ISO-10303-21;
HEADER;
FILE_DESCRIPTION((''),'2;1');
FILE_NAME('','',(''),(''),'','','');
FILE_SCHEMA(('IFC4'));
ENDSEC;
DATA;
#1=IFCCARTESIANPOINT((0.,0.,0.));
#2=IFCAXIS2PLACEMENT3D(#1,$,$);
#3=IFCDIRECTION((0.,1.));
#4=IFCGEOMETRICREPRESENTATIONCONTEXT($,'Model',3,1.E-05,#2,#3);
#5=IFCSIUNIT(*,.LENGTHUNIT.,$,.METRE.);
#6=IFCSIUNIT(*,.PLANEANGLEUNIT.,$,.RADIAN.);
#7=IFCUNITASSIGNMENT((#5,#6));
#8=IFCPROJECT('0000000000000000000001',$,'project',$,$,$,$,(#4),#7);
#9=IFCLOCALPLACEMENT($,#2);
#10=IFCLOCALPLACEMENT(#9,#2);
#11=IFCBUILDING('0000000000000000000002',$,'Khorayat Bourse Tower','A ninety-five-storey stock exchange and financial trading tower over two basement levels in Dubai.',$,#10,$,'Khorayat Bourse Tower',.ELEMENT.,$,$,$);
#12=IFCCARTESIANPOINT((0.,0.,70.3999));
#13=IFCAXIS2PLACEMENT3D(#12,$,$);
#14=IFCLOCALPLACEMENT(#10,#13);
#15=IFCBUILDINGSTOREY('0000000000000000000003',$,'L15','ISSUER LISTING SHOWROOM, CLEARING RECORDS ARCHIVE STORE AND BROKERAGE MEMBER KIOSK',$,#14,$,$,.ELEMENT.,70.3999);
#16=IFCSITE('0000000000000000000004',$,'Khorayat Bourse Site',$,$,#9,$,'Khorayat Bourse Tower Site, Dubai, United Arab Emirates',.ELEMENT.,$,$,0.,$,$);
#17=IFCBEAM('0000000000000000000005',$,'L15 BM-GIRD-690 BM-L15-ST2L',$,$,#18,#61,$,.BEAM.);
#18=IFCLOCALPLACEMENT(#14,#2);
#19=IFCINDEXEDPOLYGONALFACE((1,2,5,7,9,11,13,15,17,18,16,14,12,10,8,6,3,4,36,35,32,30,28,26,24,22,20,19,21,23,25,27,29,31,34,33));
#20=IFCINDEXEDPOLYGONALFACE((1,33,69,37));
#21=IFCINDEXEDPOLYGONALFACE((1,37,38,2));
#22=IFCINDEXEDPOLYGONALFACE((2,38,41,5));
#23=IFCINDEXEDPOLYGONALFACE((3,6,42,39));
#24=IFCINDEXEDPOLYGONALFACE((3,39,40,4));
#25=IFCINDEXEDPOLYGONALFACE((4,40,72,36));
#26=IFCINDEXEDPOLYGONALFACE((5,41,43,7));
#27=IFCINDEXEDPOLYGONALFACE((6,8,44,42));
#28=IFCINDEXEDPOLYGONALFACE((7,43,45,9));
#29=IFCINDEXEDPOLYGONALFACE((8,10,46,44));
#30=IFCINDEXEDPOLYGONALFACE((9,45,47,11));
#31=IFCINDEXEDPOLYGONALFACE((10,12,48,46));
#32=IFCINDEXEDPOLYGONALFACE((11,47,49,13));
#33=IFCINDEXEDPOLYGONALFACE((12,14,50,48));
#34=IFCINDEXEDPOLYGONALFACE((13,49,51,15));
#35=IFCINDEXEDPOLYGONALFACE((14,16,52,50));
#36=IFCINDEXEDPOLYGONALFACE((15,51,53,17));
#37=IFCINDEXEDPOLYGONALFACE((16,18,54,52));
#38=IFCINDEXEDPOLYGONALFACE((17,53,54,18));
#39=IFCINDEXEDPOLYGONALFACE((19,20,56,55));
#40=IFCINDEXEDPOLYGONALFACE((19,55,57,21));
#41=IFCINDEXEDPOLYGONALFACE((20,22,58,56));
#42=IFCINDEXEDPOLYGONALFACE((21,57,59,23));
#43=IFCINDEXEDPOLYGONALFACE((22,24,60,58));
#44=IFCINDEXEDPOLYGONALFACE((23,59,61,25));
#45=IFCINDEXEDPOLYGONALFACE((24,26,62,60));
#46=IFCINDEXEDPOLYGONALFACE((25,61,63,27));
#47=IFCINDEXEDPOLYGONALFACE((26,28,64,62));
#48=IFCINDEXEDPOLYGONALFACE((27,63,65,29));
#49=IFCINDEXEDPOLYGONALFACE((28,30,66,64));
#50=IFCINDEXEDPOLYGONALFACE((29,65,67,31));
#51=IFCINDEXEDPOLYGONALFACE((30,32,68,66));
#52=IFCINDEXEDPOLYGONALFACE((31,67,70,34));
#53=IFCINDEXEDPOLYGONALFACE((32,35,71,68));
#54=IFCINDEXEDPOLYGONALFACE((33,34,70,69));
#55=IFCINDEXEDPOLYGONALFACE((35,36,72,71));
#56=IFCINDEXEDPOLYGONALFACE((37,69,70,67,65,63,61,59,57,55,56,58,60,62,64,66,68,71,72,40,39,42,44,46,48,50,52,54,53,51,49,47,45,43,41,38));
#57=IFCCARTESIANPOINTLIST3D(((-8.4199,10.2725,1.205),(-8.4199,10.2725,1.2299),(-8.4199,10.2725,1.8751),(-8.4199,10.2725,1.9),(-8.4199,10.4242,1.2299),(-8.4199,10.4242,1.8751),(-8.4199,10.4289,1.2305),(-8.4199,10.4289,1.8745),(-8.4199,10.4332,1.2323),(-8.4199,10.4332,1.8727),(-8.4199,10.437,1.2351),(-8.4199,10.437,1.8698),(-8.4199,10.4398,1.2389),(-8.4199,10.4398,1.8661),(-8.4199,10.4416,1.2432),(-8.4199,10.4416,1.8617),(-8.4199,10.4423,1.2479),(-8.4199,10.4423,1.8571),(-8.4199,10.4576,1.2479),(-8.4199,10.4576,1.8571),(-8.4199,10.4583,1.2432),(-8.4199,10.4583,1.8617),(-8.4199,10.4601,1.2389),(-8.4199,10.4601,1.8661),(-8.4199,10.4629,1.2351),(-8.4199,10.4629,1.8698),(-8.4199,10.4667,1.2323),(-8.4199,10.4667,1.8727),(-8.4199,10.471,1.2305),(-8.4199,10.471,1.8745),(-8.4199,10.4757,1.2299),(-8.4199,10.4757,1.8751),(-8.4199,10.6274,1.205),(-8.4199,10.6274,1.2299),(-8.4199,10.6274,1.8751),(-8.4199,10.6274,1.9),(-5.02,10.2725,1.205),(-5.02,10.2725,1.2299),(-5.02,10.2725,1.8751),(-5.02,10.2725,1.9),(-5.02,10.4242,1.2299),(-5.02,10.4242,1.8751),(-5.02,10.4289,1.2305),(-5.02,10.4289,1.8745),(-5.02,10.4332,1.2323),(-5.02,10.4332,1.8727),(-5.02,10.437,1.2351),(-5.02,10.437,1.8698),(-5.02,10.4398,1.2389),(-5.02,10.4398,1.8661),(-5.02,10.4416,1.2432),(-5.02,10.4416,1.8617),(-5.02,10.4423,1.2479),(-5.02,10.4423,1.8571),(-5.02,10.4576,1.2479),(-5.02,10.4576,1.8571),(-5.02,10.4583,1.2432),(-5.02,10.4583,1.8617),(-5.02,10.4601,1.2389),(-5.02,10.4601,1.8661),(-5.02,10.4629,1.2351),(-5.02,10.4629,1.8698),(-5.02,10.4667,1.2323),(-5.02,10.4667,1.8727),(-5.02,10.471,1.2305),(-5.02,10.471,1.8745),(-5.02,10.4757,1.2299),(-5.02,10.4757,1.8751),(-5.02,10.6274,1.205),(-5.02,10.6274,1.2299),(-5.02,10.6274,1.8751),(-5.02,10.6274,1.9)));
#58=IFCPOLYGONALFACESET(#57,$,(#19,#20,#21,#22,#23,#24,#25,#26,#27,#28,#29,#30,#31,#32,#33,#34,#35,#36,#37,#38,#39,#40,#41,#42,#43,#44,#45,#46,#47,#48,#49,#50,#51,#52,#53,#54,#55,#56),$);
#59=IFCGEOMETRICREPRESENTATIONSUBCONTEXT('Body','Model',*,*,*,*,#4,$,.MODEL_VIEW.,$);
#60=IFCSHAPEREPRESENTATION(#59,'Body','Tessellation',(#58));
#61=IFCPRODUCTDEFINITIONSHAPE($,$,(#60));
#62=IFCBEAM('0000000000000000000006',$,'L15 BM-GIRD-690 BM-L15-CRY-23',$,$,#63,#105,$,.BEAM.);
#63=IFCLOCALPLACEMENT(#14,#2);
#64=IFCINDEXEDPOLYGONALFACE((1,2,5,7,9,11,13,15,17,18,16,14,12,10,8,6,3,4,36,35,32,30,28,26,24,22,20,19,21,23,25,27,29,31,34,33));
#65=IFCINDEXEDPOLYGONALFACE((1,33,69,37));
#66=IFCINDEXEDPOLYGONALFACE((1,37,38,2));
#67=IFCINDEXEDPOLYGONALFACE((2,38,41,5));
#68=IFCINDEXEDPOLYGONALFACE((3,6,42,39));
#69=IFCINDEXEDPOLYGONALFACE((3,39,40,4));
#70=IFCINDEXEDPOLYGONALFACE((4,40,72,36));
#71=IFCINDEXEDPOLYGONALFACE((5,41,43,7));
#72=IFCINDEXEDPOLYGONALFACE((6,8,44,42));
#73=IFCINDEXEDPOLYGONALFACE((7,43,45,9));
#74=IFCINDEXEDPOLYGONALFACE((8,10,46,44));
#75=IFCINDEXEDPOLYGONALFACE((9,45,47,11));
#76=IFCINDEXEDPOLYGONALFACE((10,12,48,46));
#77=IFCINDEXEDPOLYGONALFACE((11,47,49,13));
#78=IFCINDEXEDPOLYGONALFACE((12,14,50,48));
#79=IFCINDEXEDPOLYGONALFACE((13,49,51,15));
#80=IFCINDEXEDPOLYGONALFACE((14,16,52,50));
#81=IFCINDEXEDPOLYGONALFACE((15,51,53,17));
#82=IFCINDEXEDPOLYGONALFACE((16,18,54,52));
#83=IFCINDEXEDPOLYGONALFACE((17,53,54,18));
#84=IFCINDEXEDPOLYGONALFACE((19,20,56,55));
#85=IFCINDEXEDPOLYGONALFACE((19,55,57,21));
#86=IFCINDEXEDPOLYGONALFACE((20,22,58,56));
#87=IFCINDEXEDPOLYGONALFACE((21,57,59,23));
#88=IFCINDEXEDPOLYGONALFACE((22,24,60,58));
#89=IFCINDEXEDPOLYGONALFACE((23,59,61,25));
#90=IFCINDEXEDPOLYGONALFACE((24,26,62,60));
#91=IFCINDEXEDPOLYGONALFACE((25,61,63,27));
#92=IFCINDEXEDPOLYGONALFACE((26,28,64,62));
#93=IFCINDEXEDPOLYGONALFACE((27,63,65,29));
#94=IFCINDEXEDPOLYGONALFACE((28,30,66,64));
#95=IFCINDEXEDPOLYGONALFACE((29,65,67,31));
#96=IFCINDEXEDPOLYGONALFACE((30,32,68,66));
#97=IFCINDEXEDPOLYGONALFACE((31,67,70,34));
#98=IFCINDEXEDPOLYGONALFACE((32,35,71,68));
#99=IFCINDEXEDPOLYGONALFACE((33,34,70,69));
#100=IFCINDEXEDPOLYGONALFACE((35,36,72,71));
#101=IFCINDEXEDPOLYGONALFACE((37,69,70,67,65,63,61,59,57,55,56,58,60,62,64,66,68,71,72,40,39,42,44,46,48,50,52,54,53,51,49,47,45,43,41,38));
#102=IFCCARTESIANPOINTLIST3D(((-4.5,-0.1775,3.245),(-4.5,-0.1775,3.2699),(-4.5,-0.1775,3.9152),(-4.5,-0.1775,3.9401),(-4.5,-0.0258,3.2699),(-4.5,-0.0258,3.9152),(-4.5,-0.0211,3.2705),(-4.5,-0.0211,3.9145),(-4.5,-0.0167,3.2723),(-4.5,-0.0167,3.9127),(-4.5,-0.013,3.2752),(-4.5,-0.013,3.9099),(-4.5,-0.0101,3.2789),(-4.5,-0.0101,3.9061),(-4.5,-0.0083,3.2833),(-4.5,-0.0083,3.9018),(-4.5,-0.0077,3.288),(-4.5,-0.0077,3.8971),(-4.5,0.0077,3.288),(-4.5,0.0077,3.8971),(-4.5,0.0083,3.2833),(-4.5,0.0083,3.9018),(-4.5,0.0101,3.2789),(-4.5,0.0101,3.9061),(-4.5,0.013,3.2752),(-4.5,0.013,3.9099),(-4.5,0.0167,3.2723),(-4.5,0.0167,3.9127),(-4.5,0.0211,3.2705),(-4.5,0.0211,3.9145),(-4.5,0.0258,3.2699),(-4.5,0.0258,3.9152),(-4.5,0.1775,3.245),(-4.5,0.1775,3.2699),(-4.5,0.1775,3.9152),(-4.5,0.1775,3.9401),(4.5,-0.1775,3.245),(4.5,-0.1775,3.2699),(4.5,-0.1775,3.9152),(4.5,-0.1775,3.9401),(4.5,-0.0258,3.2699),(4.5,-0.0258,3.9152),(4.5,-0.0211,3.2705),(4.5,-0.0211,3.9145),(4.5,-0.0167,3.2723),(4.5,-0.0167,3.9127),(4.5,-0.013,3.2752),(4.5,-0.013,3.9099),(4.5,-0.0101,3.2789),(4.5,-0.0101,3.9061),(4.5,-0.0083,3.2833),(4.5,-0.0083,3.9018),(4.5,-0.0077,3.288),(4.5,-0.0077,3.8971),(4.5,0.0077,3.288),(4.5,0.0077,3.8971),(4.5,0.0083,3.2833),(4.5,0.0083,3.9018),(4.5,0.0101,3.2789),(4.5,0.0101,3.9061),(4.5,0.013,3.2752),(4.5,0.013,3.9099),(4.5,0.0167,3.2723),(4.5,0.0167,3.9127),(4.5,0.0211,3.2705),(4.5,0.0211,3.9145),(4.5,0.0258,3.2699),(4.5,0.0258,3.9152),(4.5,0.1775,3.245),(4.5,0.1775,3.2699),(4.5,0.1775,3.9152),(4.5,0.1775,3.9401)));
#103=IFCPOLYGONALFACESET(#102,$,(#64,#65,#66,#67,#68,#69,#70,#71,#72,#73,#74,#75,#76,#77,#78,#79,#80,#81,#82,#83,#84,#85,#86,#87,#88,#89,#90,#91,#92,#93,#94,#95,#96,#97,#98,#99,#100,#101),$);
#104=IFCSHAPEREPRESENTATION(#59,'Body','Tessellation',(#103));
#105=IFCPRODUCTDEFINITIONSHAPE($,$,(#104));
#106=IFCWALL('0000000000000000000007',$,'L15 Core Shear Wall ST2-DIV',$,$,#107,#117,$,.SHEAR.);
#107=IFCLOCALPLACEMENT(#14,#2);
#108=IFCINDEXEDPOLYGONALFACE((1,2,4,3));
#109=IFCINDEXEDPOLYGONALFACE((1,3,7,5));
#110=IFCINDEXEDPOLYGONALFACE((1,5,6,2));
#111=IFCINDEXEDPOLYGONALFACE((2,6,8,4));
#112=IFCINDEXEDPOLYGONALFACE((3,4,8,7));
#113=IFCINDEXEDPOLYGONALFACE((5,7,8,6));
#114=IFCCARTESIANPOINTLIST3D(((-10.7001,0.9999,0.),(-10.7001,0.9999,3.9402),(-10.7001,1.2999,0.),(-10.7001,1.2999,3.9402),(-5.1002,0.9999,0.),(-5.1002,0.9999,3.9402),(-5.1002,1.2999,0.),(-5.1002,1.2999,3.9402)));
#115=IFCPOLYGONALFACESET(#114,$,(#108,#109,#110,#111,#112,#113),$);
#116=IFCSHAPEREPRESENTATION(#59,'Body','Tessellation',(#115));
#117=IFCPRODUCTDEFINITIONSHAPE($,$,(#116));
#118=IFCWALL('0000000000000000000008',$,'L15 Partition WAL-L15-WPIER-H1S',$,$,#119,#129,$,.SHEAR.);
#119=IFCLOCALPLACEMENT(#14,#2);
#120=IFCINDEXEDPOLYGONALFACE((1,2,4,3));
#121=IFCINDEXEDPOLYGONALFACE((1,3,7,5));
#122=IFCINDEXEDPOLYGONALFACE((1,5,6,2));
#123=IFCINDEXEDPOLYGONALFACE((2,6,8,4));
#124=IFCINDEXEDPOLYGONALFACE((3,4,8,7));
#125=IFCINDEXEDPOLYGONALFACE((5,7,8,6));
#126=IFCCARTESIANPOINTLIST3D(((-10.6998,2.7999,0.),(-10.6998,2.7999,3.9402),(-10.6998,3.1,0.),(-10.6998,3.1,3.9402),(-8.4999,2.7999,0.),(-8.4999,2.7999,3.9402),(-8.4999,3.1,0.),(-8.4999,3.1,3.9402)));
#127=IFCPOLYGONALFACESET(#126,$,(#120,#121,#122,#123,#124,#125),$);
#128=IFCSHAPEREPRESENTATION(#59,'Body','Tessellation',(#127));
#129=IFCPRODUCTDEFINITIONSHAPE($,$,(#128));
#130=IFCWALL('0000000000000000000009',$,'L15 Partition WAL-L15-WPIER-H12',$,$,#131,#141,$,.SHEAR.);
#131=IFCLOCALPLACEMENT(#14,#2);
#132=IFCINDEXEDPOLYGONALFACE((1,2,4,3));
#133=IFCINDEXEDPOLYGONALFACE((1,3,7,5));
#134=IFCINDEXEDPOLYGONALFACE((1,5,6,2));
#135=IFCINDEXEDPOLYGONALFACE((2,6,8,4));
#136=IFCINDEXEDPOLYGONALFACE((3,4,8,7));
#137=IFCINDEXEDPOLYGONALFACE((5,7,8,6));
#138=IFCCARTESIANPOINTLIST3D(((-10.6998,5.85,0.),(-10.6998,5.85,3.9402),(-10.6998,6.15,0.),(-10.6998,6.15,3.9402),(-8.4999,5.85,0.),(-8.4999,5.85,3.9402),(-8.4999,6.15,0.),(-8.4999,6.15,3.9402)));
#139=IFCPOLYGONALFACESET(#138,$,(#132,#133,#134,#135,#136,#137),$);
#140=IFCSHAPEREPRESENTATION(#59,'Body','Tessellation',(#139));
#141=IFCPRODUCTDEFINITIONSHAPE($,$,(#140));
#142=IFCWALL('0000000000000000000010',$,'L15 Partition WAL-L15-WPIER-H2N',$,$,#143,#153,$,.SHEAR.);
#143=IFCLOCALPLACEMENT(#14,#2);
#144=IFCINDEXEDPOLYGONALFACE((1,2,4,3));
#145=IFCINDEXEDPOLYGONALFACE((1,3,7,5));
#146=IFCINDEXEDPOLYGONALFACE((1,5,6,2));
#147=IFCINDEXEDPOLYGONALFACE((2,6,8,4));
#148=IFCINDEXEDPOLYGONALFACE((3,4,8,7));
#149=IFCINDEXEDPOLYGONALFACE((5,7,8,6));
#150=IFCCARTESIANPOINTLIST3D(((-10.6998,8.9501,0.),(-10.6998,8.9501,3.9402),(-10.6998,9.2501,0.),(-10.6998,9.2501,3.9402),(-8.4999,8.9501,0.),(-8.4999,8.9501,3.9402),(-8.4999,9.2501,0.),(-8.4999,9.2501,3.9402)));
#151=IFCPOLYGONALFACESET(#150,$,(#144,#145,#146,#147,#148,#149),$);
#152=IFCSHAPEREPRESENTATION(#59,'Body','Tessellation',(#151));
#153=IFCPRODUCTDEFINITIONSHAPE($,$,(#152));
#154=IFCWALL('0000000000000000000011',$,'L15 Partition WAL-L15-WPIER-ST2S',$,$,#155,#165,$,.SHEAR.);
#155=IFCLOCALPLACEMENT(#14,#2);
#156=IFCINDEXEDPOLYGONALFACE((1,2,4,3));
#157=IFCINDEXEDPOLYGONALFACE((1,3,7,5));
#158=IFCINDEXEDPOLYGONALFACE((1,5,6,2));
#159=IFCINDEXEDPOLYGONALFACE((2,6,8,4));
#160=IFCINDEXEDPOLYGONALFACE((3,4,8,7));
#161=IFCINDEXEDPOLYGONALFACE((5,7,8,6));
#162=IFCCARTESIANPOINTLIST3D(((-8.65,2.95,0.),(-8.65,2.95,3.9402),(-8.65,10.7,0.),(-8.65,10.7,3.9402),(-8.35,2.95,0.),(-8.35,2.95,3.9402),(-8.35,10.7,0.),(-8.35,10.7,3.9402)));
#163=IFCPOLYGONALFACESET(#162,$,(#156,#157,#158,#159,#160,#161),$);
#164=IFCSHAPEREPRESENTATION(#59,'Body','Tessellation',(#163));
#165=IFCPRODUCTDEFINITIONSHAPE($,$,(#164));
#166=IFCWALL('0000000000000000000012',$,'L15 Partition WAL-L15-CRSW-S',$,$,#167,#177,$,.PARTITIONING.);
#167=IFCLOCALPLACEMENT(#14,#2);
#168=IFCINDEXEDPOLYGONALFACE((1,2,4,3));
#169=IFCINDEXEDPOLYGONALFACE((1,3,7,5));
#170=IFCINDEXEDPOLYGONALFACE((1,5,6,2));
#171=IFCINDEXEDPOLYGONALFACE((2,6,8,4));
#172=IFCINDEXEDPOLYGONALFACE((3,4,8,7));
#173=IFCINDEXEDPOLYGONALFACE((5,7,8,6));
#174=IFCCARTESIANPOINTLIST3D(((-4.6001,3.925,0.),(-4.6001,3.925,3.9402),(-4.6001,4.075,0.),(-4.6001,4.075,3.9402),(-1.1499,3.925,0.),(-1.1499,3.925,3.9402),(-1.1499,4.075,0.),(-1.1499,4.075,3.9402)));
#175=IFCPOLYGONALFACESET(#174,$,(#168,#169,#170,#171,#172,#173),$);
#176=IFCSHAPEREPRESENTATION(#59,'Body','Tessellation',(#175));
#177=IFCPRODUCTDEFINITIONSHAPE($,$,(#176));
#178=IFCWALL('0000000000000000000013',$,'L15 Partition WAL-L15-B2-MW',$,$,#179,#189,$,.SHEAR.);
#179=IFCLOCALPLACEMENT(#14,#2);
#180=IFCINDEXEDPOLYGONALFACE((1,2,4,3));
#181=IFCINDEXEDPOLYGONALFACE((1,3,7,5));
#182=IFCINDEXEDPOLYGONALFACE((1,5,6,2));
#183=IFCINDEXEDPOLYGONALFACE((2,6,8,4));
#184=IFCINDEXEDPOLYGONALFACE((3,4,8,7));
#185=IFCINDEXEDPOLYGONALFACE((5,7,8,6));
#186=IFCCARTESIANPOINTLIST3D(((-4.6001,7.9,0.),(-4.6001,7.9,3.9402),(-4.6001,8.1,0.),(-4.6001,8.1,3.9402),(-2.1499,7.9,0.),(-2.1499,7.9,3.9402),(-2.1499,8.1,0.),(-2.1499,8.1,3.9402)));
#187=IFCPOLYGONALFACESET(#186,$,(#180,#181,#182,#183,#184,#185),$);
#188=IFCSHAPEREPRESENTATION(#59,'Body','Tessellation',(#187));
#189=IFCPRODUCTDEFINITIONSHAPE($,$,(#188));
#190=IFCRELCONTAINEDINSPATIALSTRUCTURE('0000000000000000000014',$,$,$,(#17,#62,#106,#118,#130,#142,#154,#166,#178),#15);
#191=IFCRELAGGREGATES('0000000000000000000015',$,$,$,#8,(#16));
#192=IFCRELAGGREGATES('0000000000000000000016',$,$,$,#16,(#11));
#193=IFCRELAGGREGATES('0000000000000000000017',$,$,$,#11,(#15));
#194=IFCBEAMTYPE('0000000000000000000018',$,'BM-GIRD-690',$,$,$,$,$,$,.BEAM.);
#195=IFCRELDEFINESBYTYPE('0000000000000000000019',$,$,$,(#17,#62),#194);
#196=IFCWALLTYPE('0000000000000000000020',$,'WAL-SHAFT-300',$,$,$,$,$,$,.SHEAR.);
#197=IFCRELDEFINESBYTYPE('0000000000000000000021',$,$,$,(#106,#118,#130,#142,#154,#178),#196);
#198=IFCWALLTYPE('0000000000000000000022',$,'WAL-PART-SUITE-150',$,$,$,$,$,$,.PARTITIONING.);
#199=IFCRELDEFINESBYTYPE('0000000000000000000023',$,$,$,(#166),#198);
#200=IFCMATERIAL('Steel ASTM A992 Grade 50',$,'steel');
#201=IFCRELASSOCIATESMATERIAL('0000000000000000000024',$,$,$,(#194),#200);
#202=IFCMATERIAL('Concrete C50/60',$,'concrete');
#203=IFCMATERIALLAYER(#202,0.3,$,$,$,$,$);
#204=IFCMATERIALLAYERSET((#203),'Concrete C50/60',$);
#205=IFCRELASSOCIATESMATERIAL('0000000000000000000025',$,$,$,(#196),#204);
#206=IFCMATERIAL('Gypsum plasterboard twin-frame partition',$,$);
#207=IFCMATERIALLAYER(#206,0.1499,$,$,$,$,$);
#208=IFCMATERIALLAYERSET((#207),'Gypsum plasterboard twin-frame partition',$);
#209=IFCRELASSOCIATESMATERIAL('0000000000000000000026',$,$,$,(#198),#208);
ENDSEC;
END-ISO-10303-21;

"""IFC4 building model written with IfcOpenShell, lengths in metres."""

from ifc_helpers import new_model, si_unit, direction, frame, frame_2d, origin, origin_2d, place, context, subcontext, project, spatial, rectangle, i_section, extrude, source, transform, mapped, material, layer, layer_set, material_profile, profile_set, type_object, element, save


model = new_model("IFC4")

# Units and contexts
model_context = context("Model", 3, precision=1e-05, world=origin(), true_north=direction((0.0, 1.0)))
body_context = subcontext(model_context, "Body", "Model", "MODEL_VIEW")
ifc_project = project(units=[si_unit("LENGTHUNIT", "METRE"), si_unit("PLANEANGLEUNIT", "RADIAN")], contexts=[model_context])

# Site, building, storey
site_placement = place(None, origin())
site = spatial("IfcSite", under=ifc_project, at=site_placement, Name="Khorayat Bourse Site", LongName="Khorayat Bourse Tower Site, Dubai, United Arab Emirates", CompositionType="ELEMENT", RefElevation=0.0)
building_placement = place(site_placement, origin())
building = spatial("IfcBuilding", under=site, at=building_placement, Name="Khorayat Bourse Tower", Description="A ninety-five-storey stock exchange and financial trading tower over two basement levels in Dubai.", LongName="Khorayat Bourse Tower", CompositionType="ELEMENT")
storey_placement = place(building_placement, frame((0.0, 0.0, 70.3999)))
storey = spatial("IfcBuildingStorey", under=building, at=storey_placement, Name="L15", Description="ISSUER LISTING SHOWROOM, CLEARING RECORDS ARCHIVE STORE AND BROKERAGE MEMBER KIOSK", CompositionType="ELEMENT", Elevation=70.3999)

# Beams
ifc_material_1 = material(Name="Steel ASTM A992 Grade 50", Category="steel")
ifc_material_profile_1 = material_profile(ifc_material_1, i_section(OverallWidth=0.355, OverallDepth=0.6951, WebThickness=0.0154, FlangeThickness=0.0249, FilletRadius=0.0181, at=origin_2d()), Name="W690X217")
ifc_profile_set_1 = profile_set([ifc_material_profile_1], Name="Steel ASTM A992 Grade 50")
beam_type_1 = type_object("IfcBeamType", Name="BM-GIRD-690", PredefinedType="BEAM", material=ifc_profile_set_1)
shared_shape_1 = source(origin(), body_context, "Body", "SweptSolid", [
    extrude(i_section(OverallWidth=0.355, OverallDepth=0.6951, WebThickness=0.0154, FlangeThickness=0.0249, FilletRadius=0.0181, at=origin_2d()), origin(), (0.0, 0.0, 1.0), 3.3999),
])
beam_1_placement = place(storey_placement, frame((-8.4199, 10.45, 1.5525), z_axis=(1.0, 0.0, 0.0), x_axis=(0.0, 1.0, 0.0)))
element("IfcBeam", 1, at=beam_1_placement, inside=storey, type_object=beam_type_1, Name="L15 BM-GIRD-690 BM-L15-ST2L", PredefinedType="BEAM", context=body_context, shape_type="MappedRepresentation", body=[
    mapped(shared_shape_1, transform((0.0, 0.0, 0.0), scale=1.0)),
])
shared_shape_2 = source(origin(), body_context, "Body", "SweptSolid", [
    extrude(i_section(OverallWidth=0.355, OverallDepth=0.6951, WebThickness=0.0154, FlangeThickness=0.0249, FilletRadius=0.0181, at=origin_2d()), origin(), (0.0, 0.0, 1.0), 9.0),
])
beam_2_placement = place(storey_placement, frame((-4.5, 0.0, 3.5925), z_axis=(1.0, 0.0, 0.0), x_axis=(0.0, 1.0, 0.0)))
element("IfcBeam", 2, at=beam_2_placement, inside=storey, type_object=beam_type_1, Name="L15 BM-GIRD-690 BM-L15-CRY-23", PredefinedType="BEAM", context=body_context, shape_type="MappedRepresentation", body=[
    mapped(shared_shape_2, transform((0.0, 0.0, 0.0), scale=1.0)),
])

# Walls
ifc_material_2 = material(Name="Concrete C50/60", Category="concrete")
ifc_layer_1 = layer(ifc_material_2, 0.3)
ifc_layer_set_1 = layer_set([ifc_layer_1], Name="Concrete C50/60")
wall_type_1 = type_object("IfcWallType", Name="WAL-SHAFT-300", PredefinedType="SHEAR", material=ifc_layer_set_1)
shared_shape_3 = source(origin(), body_context, "Body", "SweptSolid", [
    extrude(rectangle(XDim=5.5999, YDim=0.3, at=frame_2d((2.7998, 0.0))), origin(), (0.0, 0.0, 1.0), 3.9402),
])
wall_1_placement = place(storey_placement, frame((-10.7, 1.1499, 0.0), z_axis=(0.0, 0.0, 1.0), x_axis=(1.0, 0.0, 0.0)))
element("IfcWall", 3, at=wall_1_placement, inside=storey, type_object=wall_type_1, Name="L15 Core Shear Wall ST2-DIV", PredefinedType="SHEAR", context=body_context, shape_type="MappedRepresentation", body=[
    mapped(shared_shape_3, transform((0.0, 0.0, 0.0), scale=1.0)),
])
shared_shape_4 = source(origin(), body_context, "Body", "SweptSolid", [
    extrude(rectangle(XDim=2.2, YDim=0.3, at=frame_2d((1.1001, 0.0))), origin(), (0.0, 0.0, 1.0), 3.9402),
])
for number, where, z_axis, x_axis, name in (
    (4, (-10.7, 2.95, 0.0), (0.0, 0.0, 1.0), (1.0, 0.0, 0.0), "L15 Partition WAL-L15-WPIER-H1S"),
    (5, (-10.7, 6.0, 0.0), (0.0, 0.0, 1.0), (1.0, 0.0, 0.0), "L15 Partition WAL-L15-WPIER-H12"),
    (6, (-10.7, 9.1001, 0.0), (0.0, 0.0, 1.0), (1.0, 0.0, 0.0), "L15 Partition WAL-L15-WPIER-H2N"),
):
    element("IfcWall", number, at=place(storey_placement, frame(where, z_axis=z_axis, x_axis=x_axis)), inside=storey, type_object=wall_type_1, Name=name, PredefinedType="SHEAR", context=body_context, shape_type="MappedRepresentation", body=[
        mapped(shared_shape_4, transform((0.0, 0.0, 0.0), scale=1.0)),
    ])
shared_shape_5 = source(origin(), body_context, "Body", "SweptSolid", [
    extrude(rectangle(XDim=7.75, YDim=0.3, at=frame_2d((3.875, 0.0))), origin(), (0.0, 0.0, 1.0), 3.9402),
])
wall_2_placement = place(storey_placement, frame((-8.5, 2.95, 0.0), z_axis=(0.0, 0.0, 1.0), x_axis=(0.0, 1.0, 0.0)))
element("IfcWall", 7, at=wall_2_placement, inside=storey, type_object=wall_type_1, Name="L15 Partition WAL-L15-WPIER-ST2S", PredefinedType="SHEAR", context=body_context, shape_type="MappedRepresentation", body=[
    mapped(shared_shape_5, transform((0.0, 0.0, 0.0), scale=1.0)),
])
ifc_material_3 = material(Name="Gypsum plasterboard twin-frame partition")
ifc_layer_2 = layer(ifc_material_3, 0.1499)
ifc_layer_set_2 = layer_set([ifc_layer_2], Name="Gypsum plasterboard twin-frame partition")
wall_type_2 = type_object("IfcWallType", Name="WAL-PART-SUITE-150", PredefinedType="PARTITIONING", material=ifc_layer_set_2)
shared_shape_6 = source(origin(), body_context, "Body", "SweptSolid", [
    extrude(rectangle(XDim=3.4502, YDim=0.1499, at=frame_2d((1.7251, 0.0))), origin(), (0.0, 0.0, 1.0), 3.9402),
])
wall_3_placement = place(storey_placement, frame((-4.6001, 4.0, 0.0), z_axis=(0.0, 0.0, 1.0), x_axis=(1.0, 0.0, 0.0)))
element("IfcWall", 8, at=wall_3_placement, inside=storey, type_object=wall_type_2, Name="L15 Partition WAL-L15-CRSW-S", PredefinedType="PARTITIONING", context=body_context, shape_type="MappedRepresentation", body=[
    mapped(shared_shape_6, transform((0.0, 0.0, 0.0), scale=1.0)),
])
shared_shape_7 = source(origin(), body_context, "Body", "SweptSolid", [
    extrude(rectangle(XDim=2.4502, YDim=0.2, at=frame_2d((1.2251, 0.0))), origin(), (0.0, 0.0, 1.0), 3.9402),
])
wall_4_placement = place(storey_placement, frame((-4.6001, 8.0, 0.0), z_axis=(0.0, 0.0, 1.0), x_axis=(1.0, 0.0, 0.0)))
element("IfcWall", 9, at=wall_4_placement, inside=storey, type_object=wall_type_1, Name="L15 Partition WAL-L15-B2-MW", PredefinedType="SHEAR", context=body_context, shape_type="MappedRepresentation", body=[
    mapped(shared_shape_7, transform((0.0, 0.0, 0.0), scale=1.0)),
])

save(model, "model.ifc")
